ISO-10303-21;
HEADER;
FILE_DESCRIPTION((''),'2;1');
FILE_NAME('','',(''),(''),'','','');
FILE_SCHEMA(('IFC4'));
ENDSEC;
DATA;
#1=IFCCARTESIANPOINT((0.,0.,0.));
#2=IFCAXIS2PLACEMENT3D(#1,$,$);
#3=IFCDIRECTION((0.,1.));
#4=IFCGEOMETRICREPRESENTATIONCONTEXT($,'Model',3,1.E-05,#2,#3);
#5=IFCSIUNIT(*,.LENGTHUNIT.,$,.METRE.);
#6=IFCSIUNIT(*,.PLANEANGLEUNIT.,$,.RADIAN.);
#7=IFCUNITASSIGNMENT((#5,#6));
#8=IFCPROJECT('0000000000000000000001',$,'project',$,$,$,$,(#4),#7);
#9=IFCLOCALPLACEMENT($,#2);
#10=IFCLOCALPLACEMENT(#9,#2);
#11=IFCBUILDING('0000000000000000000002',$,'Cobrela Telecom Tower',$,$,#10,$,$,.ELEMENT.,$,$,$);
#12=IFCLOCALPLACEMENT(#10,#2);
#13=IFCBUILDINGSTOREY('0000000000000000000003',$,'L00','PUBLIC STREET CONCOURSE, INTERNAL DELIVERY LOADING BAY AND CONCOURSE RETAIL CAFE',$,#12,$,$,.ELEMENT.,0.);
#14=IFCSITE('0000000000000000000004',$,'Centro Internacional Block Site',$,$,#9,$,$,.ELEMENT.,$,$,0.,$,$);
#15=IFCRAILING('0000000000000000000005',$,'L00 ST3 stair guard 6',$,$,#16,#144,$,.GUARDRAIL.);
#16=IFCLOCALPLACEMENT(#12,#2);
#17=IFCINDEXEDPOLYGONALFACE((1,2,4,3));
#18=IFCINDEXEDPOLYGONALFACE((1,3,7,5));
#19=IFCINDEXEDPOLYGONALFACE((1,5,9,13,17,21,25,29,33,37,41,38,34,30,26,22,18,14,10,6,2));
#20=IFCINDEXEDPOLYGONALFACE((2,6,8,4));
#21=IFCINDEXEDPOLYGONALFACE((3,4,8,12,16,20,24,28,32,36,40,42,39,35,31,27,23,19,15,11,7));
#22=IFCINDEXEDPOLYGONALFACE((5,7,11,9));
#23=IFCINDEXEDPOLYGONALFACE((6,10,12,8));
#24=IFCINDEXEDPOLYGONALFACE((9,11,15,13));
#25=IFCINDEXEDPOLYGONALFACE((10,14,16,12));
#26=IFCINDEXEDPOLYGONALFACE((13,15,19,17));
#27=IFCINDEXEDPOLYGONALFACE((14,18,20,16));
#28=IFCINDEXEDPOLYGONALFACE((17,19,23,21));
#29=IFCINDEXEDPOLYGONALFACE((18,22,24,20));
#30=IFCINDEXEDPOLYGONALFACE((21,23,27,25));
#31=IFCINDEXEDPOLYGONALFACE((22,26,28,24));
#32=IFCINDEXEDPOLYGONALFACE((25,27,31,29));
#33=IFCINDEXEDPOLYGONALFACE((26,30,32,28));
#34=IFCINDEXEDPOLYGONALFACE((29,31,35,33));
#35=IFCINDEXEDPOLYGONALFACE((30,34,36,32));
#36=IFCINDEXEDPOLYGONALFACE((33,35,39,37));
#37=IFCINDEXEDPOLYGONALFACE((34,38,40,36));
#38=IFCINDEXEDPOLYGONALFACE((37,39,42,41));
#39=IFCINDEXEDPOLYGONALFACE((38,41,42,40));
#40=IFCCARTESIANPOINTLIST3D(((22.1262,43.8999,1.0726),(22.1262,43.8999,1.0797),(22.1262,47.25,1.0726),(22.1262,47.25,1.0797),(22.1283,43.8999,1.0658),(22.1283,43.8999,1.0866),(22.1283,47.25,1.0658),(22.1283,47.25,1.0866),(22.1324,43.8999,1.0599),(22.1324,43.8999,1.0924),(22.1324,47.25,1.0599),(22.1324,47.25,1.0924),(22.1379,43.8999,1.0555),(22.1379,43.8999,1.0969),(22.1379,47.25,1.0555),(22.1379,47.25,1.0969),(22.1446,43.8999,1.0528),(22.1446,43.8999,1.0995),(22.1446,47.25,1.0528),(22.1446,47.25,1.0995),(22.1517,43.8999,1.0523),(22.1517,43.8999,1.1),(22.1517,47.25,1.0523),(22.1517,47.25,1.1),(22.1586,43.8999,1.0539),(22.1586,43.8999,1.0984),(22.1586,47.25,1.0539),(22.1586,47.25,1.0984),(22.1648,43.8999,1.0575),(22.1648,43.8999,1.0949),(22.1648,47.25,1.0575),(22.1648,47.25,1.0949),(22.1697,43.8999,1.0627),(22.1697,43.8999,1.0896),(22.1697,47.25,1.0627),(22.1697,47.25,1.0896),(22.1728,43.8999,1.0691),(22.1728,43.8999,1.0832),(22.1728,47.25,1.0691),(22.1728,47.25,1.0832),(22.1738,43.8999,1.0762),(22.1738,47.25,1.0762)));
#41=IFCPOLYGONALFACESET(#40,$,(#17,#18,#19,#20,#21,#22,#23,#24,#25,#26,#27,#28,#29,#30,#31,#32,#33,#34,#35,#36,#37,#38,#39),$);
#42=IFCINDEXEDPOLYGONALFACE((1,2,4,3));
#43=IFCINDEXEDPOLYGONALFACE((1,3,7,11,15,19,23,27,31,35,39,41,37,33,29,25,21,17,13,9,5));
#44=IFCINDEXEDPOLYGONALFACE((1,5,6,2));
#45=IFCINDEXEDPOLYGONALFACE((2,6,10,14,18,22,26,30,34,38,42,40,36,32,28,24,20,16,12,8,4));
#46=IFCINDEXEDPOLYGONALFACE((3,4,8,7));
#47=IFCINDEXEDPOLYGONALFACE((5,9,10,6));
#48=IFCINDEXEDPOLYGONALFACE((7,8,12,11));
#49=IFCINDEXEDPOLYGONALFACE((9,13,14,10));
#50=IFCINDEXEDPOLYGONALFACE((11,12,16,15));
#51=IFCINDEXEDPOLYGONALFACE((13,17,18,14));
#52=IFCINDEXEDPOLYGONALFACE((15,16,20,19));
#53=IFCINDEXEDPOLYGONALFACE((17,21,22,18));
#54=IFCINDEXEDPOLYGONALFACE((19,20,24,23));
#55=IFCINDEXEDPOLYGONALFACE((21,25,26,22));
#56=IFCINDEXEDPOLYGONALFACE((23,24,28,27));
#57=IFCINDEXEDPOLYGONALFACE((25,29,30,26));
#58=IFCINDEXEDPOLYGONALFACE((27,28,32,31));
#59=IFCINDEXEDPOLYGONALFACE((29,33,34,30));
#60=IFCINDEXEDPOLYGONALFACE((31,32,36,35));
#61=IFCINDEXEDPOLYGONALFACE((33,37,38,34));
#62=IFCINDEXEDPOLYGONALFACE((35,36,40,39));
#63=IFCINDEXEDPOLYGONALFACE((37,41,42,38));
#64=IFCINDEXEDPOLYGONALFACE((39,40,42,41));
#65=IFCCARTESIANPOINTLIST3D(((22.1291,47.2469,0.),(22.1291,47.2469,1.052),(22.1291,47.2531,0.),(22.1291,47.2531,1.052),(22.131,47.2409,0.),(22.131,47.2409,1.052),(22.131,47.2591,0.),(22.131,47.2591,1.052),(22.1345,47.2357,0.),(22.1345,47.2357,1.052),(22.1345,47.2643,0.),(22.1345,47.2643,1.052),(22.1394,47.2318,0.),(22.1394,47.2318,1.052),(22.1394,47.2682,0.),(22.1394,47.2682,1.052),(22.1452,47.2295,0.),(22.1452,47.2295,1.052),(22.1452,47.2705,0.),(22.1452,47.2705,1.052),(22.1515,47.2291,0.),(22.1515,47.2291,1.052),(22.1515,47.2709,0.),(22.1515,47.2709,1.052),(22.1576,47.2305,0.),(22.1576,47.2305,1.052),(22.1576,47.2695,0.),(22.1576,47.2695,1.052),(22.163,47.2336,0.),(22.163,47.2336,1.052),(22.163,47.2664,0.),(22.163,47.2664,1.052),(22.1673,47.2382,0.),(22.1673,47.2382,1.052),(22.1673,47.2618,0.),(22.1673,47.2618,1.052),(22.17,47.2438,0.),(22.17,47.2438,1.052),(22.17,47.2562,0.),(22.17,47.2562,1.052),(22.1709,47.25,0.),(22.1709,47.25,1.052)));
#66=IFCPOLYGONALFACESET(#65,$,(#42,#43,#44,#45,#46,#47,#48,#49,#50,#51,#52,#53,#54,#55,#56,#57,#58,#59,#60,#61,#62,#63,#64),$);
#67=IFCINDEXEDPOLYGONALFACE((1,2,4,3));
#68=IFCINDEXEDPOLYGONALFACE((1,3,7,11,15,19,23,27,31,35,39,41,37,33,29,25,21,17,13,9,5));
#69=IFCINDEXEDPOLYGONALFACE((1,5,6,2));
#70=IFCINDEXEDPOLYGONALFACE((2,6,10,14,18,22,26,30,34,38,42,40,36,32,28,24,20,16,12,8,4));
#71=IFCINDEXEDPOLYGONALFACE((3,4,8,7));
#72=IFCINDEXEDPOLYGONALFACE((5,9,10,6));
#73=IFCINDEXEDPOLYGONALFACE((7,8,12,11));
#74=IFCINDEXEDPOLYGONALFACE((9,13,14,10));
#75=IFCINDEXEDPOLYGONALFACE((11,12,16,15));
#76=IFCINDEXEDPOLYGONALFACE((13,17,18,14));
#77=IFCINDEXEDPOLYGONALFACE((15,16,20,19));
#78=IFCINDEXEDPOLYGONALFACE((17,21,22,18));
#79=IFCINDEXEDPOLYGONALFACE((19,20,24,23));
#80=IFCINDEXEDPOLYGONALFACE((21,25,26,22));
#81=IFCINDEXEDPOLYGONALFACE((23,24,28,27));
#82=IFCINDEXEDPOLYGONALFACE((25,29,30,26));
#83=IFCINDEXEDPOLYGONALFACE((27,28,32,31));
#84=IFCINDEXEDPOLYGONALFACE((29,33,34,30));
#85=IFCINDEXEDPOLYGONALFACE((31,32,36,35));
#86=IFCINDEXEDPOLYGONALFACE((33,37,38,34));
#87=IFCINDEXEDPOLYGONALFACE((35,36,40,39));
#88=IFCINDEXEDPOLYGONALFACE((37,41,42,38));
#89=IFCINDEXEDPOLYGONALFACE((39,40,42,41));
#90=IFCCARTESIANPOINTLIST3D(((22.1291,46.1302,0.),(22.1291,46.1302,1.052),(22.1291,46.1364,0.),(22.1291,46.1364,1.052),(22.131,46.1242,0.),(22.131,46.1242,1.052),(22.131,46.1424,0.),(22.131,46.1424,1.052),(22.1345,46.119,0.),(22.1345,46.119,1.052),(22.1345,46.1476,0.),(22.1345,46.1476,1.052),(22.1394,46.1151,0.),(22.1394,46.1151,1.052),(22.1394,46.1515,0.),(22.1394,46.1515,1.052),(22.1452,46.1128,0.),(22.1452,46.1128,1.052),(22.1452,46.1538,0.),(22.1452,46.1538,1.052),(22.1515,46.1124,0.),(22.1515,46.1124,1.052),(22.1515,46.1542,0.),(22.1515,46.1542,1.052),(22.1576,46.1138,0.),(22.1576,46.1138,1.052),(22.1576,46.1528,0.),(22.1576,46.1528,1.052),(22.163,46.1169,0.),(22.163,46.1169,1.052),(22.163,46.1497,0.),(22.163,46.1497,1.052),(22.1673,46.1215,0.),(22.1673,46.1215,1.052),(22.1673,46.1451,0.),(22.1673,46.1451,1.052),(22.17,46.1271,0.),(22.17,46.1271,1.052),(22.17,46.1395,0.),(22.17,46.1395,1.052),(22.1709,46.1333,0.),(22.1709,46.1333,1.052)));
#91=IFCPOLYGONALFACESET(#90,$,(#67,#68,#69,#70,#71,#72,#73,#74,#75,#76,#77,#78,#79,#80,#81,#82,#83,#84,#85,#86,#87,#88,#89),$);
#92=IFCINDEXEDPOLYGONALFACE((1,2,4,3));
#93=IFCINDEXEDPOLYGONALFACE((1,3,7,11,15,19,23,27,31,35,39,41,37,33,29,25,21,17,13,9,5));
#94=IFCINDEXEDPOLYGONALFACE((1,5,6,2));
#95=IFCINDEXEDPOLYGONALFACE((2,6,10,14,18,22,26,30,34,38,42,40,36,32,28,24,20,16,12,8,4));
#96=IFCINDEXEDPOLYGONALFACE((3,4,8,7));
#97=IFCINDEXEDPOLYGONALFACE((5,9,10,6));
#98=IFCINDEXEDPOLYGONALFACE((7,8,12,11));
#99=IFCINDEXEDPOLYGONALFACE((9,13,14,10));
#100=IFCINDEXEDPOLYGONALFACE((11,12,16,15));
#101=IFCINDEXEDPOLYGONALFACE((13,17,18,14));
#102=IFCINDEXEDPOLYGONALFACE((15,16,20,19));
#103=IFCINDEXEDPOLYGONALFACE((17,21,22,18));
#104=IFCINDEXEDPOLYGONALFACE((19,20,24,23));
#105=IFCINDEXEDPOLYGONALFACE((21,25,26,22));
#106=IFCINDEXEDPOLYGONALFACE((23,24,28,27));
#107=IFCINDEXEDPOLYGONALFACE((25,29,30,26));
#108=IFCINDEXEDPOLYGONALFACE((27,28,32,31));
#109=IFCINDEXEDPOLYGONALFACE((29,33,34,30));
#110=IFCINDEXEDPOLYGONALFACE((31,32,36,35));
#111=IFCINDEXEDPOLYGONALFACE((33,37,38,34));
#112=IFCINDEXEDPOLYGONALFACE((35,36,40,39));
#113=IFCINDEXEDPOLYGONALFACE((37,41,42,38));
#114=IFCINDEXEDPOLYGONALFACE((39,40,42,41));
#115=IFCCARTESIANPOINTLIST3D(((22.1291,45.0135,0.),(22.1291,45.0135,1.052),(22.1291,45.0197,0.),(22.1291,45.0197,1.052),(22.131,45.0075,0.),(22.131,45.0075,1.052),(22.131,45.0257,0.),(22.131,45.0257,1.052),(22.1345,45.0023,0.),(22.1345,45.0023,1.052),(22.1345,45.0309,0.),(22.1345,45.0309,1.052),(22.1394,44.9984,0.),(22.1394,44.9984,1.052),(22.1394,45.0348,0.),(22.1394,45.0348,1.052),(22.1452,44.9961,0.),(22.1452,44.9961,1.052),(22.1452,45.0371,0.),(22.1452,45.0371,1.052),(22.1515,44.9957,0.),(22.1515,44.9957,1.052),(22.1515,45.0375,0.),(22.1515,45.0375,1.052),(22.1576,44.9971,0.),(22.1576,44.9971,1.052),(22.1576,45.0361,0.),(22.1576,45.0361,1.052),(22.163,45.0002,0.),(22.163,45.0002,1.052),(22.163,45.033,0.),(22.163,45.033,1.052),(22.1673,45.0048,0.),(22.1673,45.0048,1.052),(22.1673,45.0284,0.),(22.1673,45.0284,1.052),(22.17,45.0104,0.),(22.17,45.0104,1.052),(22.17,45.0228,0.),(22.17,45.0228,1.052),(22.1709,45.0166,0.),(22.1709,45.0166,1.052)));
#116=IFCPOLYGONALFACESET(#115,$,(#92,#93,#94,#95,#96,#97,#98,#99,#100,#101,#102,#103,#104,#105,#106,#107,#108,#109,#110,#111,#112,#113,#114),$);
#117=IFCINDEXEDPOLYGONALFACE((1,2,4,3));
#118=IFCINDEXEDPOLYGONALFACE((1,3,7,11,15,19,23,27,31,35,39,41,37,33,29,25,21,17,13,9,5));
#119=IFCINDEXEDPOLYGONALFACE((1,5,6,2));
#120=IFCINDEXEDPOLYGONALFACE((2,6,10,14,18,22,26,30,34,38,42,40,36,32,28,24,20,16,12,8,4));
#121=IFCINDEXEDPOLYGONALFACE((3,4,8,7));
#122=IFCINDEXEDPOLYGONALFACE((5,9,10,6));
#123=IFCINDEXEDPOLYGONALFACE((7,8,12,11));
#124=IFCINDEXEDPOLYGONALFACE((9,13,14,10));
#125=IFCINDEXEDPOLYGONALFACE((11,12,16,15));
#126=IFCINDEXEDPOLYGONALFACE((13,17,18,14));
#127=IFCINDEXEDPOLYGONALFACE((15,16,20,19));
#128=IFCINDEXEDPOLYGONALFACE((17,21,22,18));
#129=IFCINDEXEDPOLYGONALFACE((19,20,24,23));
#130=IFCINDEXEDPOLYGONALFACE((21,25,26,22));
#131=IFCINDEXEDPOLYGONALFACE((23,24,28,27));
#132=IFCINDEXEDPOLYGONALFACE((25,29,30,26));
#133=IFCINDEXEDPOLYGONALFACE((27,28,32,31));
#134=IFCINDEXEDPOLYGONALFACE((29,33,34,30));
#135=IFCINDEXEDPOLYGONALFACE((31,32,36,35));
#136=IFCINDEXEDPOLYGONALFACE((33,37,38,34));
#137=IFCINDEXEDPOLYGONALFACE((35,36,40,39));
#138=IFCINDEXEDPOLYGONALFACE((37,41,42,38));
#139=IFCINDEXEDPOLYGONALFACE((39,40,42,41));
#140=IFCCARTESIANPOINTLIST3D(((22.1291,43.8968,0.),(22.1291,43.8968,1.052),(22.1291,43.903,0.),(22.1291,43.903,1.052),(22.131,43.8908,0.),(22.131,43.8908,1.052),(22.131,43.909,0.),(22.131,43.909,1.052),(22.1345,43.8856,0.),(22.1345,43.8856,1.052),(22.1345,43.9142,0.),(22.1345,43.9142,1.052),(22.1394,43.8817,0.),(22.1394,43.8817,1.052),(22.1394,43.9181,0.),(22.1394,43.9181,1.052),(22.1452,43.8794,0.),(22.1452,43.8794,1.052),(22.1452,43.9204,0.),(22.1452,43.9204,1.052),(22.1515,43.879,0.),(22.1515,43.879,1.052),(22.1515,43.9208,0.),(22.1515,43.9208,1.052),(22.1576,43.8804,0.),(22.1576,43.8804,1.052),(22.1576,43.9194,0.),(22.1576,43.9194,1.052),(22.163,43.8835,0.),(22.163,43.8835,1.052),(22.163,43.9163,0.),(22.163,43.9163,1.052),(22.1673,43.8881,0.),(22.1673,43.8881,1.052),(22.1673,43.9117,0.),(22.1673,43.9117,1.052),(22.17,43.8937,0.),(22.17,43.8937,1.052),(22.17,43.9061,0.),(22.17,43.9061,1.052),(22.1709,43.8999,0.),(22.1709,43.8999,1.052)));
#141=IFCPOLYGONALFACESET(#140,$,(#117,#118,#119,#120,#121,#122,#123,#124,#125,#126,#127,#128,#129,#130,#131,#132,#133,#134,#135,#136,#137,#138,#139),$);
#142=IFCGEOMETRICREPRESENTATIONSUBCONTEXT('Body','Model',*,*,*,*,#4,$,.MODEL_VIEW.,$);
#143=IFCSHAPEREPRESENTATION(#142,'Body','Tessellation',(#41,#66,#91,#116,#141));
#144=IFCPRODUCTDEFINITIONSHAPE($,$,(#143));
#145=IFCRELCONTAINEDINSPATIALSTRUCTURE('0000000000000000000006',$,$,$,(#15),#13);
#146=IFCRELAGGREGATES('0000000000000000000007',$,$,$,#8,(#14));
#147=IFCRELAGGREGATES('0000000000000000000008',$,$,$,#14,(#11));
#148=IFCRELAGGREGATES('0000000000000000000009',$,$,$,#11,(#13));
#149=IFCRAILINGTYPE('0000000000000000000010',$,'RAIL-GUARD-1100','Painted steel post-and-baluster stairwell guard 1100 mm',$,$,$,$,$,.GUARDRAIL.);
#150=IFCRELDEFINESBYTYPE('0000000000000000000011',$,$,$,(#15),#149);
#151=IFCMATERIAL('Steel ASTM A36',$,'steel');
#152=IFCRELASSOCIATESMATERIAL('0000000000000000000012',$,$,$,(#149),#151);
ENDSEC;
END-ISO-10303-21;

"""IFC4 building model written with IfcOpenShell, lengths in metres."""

from ifc_helpers import new_model, si_unit, direction, frame, origin, origin_2d, place, context, subcontext, project, spatial, circle, extrude, material, type_object, element, save


model = new_model("IFC4")

# Units and contexts
model_context = context("Model", 3, precision=1e-05, world=origin(), true_north=direction((0.0, 1.0)))
body_context = subcontext(model_context, "Body", "Model", "MODEL_VIEW")
ifc_project = project(units=[si_unit("LENGTHUNIT", "METRE"), si_unit("PLANEANGLEUNIT", "RADIAN")], contexts=[model_context])

# Site, building, storey
site_placement = place(None, origin())
site = spatial("IfcSite", under=ifc_project, at=site_placement, Name="Centro Internacional Block Site", CompositionType="ELEMENT", RefElevation=0.0)
building_placement = place(site_placement, origin())
building = spatial("IfcBuilding", under=site, at=building_placement, Name="Cobrela Telecom Tower", CompositionType="ELEMENT")
storey_placement = place(building_placement, origin())
storey = spatial("IfcBuildingStorey", under=building, at=storey_placement, Name="L00", Description="PUBLIC STREET CONCOURSE, INTERNAL DELIVERY LOADING BAY AND CONCOURSE RETAIL CAFE", CompositionType="ELEMENT", Elevation=0.0)

# Shared definitions
ifc_material_1 = material(Name="Steel ASTM A36", Category="steel")

# Railing
railing_type_1 = type_object("IfcRailingType", Name="RAIL-GUARD-1100", Description="Painted steel post-and-baluster stairwell guard 1100 mm", PredefinedType="GUARDRAIL", material=ifc_material_1)
railing_1_placement = place(storey_placement, frame((22.1499, 47.25, 0.0)))
element("IfcRailing", 1, at=railing_1_placement, inside=storey, type_object=railing_type_1, Name="L00 ST3 stair guard 6", PredefinedType="GUARDRAIL", context=body_context, shape_type="SweptSolid", body=[
    extrude(circle(Radius=0.0239, at=origin_2d()), frame((0.0, 0.0, 1.0762), z_axis=(0.0, -1.0, 0.0), x_axis=(1.0, 0.0, 0.0)), (0.0, 0.0, 1.0), 3.3501),
    extrude(circle(Radius=0.021, at=origin_2d()), origin(), (0.0, 0.0, 1.0), 1.052),
    extrude(circle(Radius=0.021, at=origin_2d()), frame((0.0, -1.1167, 0.0)), (0.0, 0.0, 1.0), 1.052),
    extrude(circle(Radius=0.021, at=origin_2d()), frame((0.0, -2.2334, 0.0)), (0.0, 0.0, 1.0), 1.052),
    extrude(circle(Radius=0.021, at=origin_2d()), frame((0.0, -3.3501, 0.0)), (0.0, 0.0, 1.0), 1.052),
])

save(model, "model.ifc")
